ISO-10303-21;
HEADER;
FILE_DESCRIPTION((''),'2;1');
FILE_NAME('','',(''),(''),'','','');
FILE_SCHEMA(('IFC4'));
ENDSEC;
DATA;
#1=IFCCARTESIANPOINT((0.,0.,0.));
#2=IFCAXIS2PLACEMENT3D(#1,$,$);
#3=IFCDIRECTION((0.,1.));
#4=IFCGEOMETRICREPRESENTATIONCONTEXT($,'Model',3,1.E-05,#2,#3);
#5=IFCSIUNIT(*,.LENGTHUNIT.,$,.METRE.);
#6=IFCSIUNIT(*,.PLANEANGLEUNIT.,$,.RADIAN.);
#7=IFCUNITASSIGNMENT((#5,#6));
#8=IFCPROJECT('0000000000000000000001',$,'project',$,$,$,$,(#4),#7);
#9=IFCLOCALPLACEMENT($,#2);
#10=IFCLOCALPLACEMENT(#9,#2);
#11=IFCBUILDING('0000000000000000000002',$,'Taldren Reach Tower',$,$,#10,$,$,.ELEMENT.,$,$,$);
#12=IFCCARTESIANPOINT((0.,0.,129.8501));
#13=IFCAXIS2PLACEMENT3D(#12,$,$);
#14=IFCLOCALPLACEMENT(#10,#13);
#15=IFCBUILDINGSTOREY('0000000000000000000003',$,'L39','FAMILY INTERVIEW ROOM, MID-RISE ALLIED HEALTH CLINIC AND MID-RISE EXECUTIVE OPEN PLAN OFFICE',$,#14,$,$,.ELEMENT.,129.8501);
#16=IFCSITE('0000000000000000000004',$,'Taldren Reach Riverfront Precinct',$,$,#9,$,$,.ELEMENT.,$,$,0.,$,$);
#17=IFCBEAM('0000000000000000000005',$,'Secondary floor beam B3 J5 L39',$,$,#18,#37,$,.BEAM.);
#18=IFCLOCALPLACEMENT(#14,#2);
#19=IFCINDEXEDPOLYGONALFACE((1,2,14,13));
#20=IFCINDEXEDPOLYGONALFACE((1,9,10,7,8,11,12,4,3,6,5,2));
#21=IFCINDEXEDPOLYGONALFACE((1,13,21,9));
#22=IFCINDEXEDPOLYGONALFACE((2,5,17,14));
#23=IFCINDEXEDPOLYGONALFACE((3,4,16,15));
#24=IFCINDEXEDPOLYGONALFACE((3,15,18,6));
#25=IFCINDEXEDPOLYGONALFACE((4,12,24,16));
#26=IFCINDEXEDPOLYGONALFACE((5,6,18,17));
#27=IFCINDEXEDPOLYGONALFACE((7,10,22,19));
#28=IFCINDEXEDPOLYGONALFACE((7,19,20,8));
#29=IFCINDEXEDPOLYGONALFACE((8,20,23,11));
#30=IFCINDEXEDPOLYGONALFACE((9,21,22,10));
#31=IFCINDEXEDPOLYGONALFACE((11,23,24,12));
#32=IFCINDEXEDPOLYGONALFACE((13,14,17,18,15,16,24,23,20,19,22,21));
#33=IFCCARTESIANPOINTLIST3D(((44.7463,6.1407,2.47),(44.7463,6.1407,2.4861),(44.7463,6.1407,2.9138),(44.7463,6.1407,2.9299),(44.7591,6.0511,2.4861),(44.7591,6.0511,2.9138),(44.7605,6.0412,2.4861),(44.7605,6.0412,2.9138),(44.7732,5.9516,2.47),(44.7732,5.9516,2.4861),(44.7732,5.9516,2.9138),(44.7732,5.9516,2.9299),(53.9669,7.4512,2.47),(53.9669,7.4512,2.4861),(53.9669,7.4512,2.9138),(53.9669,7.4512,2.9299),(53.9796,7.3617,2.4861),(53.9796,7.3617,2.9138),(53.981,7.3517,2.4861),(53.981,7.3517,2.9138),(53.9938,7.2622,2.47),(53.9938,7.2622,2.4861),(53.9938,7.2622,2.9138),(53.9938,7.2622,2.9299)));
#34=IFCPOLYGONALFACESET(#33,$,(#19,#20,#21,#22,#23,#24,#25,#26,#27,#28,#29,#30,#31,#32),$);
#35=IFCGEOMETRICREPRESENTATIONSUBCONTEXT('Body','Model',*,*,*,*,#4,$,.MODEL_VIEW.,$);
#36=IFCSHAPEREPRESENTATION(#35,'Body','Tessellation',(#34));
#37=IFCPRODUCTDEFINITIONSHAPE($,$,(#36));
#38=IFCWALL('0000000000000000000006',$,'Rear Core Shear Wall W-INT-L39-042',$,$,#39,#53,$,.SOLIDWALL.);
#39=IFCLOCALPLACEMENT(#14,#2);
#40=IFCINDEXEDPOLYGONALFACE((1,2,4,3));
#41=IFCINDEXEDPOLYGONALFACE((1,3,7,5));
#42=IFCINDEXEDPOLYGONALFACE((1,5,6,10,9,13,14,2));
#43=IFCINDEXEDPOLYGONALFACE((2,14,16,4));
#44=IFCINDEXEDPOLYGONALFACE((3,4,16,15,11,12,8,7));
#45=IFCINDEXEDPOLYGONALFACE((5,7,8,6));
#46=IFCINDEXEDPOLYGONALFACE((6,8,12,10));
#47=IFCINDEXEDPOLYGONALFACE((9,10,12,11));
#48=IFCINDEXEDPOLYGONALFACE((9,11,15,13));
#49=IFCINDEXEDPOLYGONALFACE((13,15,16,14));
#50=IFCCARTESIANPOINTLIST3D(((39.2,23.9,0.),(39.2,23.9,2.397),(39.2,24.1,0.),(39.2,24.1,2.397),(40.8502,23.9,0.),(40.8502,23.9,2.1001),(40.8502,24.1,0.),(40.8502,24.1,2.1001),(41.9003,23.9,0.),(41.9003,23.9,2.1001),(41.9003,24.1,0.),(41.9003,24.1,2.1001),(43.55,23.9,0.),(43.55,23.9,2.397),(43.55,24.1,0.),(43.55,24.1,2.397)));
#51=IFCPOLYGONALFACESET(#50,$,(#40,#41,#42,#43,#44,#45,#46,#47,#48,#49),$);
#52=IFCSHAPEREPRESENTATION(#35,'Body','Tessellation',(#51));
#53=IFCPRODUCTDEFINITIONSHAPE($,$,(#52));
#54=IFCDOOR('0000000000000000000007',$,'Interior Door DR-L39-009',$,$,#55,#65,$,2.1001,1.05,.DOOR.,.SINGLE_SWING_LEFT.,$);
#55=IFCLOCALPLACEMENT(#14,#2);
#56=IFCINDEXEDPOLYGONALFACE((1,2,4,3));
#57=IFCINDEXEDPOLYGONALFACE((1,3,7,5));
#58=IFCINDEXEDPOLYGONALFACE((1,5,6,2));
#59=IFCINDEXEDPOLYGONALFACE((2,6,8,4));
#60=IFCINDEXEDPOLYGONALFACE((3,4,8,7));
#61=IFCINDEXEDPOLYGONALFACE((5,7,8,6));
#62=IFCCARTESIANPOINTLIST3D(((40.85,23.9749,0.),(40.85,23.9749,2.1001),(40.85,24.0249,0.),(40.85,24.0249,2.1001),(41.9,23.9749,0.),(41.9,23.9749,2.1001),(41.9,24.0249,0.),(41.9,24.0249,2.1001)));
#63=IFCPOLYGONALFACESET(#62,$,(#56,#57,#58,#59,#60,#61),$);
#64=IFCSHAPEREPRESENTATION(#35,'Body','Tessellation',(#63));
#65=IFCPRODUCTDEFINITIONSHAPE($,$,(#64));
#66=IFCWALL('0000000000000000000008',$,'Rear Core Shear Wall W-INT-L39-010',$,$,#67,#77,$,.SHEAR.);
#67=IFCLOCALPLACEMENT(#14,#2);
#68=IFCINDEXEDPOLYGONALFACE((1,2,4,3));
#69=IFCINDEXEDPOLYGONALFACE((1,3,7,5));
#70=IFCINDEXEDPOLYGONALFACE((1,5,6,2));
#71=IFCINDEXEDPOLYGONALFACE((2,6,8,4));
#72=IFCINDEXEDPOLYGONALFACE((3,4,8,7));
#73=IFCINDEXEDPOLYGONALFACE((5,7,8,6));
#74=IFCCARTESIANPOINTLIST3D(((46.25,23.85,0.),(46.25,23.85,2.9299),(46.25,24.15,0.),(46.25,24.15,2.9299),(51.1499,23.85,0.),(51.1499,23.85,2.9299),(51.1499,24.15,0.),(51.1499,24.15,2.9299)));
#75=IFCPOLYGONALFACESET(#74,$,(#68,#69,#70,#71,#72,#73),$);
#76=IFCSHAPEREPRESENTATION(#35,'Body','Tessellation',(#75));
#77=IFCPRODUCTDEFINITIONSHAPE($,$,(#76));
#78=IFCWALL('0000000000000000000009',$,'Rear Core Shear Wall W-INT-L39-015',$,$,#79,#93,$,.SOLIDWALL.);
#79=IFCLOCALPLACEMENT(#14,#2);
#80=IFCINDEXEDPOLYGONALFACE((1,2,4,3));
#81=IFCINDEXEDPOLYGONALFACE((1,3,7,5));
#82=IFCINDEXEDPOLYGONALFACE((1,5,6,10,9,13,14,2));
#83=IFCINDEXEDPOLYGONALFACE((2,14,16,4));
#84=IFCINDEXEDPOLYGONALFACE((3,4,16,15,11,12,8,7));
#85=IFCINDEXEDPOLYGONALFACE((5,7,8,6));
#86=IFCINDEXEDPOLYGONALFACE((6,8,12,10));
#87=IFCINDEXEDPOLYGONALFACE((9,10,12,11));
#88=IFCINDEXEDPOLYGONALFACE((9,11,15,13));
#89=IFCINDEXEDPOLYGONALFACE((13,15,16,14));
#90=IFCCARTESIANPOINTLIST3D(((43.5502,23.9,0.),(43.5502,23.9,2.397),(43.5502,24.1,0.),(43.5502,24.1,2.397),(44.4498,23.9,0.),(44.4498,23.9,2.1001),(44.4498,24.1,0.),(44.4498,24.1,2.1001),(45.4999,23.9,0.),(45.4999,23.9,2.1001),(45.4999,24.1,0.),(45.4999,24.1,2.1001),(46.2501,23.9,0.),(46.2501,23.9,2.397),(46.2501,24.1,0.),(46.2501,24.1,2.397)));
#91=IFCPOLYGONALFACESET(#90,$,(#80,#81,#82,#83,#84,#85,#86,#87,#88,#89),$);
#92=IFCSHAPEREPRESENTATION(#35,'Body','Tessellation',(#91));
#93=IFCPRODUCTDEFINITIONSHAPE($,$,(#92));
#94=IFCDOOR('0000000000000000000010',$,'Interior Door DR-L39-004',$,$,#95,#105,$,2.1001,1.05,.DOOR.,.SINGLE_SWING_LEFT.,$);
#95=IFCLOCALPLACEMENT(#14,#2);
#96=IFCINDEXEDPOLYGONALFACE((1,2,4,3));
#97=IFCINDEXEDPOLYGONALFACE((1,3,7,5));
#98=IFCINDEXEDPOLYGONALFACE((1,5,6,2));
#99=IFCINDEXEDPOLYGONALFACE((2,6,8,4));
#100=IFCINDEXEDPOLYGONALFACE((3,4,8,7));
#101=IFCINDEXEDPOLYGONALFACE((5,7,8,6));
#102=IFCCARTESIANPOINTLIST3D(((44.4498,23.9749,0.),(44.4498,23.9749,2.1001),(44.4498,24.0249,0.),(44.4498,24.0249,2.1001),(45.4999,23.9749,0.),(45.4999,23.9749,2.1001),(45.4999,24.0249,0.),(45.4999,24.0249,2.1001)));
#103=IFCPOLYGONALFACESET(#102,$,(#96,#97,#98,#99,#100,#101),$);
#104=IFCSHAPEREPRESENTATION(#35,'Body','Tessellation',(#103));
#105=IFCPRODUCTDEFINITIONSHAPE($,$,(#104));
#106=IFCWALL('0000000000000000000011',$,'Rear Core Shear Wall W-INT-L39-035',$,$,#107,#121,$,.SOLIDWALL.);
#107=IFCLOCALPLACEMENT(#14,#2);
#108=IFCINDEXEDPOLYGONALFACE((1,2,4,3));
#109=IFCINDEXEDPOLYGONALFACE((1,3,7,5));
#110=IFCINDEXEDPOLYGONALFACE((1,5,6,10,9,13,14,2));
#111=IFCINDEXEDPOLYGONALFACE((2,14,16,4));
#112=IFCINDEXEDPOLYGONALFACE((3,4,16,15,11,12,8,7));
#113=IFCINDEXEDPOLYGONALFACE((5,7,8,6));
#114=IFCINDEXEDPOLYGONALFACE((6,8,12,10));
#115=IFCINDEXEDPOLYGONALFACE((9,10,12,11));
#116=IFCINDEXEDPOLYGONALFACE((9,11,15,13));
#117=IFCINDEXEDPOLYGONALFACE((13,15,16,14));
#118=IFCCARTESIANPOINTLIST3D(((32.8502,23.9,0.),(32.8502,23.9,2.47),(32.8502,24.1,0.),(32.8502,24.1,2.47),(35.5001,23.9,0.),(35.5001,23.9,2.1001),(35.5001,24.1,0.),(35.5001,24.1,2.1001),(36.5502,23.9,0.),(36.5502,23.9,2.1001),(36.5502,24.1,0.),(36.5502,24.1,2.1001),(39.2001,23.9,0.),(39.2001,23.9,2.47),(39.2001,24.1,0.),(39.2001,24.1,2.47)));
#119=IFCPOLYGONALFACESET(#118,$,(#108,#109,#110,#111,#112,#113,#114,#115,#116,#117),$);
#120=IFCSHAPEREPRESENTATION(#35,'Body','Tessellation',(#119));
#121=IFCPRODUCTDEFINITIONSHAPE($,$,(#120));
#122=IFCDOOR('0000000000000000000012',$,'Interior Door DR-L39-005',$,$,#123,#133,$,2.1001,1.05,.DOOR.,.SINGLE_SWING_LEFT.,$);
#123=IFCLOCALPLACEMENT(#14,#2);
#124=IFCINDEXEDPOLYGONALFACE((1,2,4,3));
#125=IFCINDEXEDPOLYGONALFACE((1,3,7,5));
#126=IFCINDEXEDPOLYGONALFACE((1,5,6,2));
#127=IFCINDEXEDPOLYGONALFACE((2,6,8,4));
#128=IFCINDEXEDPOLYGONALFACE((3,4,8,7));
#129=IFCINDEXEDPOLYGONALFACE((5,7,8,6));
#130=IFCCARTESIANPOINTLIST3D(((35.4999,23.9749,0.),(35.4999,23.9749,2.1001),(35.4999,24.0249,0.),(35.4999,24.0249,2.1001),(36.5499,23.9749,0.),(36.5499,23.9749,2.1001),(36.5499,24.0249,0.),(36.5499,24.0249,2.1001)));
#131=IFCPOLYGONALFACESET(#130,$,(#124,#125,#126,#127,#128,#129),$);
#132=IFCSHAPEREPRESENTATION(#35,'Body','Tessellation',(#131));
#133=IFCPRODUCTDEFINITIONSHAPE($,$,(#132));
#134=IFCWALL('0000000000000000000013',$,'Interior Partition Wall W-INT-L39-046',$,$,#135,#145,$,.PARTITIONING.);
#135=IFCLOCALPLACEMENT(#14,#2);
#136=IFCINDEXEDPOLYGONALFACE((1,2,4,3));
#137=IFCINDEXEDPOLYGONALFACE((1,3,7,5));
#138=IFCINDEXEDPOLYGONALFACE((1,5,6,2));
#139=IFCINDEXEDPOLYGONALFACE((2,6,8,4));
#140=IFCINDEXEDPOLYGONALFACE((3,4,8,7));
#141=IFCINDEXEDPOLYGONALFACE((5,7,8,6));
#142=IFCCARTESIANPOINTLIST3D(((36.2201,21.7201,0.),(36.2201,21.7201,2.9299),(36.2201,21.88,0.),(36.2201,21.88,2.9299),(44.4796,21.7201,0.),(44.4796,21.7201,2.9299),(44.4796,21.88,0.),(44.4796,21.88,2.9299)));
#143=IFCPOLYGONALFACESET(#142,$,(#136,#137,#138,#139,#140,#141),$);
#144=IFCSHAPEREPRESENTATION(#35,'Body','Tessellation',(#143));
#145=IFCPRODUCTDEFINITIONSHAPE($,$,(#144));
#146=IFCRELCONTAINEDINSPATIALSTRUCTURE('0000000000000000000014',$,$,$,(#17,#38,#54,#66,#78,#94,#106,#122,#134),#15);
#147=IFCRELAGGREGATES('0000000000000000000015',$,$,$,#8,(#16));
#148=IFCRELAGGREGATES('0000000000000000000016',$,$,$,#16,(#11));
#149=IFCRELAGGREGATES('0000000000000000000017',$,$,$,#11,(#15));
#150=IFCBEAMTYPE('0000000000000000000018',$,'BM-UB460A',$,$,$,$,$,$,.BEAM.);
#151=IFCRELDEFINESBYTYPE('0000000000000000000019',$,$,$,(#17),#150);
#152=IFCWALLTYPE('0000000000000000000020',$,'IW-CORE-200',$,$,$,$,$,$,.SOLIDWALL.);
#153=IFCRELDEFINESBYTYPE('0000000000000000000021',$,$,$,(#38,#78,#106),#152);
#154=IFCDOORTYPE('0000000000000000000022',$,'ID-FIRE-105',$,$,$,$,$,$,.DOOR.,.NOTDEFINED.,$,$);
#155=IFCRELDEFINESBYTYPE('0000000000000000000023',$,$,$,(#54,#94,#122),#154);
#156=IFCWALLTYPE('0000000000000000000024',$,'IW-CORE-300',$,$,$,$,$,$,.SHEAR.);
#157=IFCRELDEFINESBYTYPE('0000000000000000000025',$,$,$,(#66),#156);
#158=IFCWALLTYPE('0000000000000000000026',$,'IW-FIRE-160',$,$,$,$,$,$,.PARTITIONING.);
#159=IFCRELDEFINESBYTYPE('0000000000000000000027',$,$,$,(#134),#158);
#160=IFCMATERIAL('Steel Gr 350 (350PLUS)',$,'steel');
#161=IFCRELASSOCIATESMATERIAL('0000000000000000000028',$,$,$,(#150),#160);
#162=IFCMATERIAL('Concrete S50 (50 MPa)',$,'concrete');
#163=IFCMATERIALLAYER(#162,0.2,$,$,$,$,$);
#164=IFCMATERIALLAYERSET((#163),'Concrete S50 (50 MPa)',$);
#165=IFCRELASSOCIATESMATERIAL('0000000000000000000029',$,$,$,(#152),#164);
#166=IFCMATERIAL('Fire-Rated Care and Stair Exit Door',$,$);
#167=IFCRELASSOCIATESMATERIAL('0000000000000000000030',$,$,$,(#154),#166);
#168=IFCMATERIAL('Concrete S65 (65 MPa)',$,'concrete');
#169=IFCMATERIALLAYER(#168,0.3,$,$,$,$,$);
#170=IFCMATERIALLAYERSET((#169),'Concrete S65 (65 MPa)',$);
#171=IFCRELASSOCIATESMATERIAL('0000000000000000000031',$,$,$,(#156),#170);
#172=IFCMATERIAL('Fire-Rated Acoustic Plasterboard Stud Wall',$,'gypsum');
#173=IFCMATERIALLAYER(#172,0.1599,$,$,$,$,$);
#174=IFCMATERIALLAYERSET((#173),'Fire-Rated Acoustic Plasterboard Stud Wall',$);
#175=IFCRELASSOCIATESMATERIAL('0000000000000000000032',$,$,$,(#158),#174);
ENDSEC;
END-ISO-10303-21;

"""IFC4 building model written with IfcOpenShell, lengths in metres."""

from ifc_helpers import new_model, si_unit, direction, frame, frame_2d, origin, origin_2d, place, context, subcontext, project, spatial, rectangle, i_section, extrude, source, transform, mapped, material, layer, layer_set, material_profile, profile_set, type_object, element, fill, save


model = new_model("IFC4")

# Units and contexts
model_context = context("Model", 3, precision=1e-05, world=origin(), true_north=direction((0.0, 1.0)))
body_context = subcontext(model_context, "Body", "Model", "MODEL_VIEW")
ifc_project = project(units=[si_unit("LENGTHUNIT", "METRE"), si_unit("PLANEANGLEUNIT", "RADIAN")], contexts=[model_context])

# Site, building, storey
site_placement = place(None, origin())
site = spatial("IfcSite", under=ifc_project, at=site_placement, Name="Taldren Reach Riverfront Precinct", CompositionType="ELEMENT", RefElevation=0.0)
building_placement = place(site_placement, origin())
building = spatial("IfcBuilding", under=site, at=building_placement, Name="Taldren Reach Tower", CompositionType="ELEMENT")
storey_placement = place(building_placement, frame((0.0, 0.0, 129.8501)))
storey = spatial("IfcBuildingStorey", under=building, at=storey_placement, Name="L39", Description="FAMILY INTERVIEW ROOM, MID-RISE ALLIED HEALTH CLINIC AND MID-RISE EXECUTIVE OPEN PLAN OFFICE", CompositionType="ELEMENT", Elevation=129.8501)

# Shared definitions
ifc_material_1 = material(Name="Steel Gr 350 (350PLUS)", Category="steel")

# Shared definitions
ifc_material_profile_1 = material_profile(ifc_material_1, i_section(OverallWidth=0.1909, OverallDepth=0.46, WebThickness=0.01, FlangeThickness=0.0161, at=origin_2d()), Name="460UB82.1")
ifc_profile_set_1 = profile_set([ifc_material_profile_1], Name="Steel Gr 350 (350PLUS)")
beam_type_1 = type_object("IfcBeamType", Name="BM-UB460A", PredefinedType="BEAM", material=ifc_profile_set_1)

# Beam
shared_shape_1 = source(origin(), body_context, "Body", "SweptSolid", [
    extrude(i_section(OverallWidth=0.1909, OverallDepth=0.46, WebThickness=0.01, FlangeThickness=0.0161, at=origin_2d()), origin(), (0.0, 0.0, 1.0), 9.3132),
])
beam_1_placement = place(storey_placement, frame((44.7598, 6.0461, 2.7), z_axis=(0.990049, 0.14072, 0.0), x_axis=(-0.14072, 0.990049, 0.0)))
element("IfcBeam", 1, at=beam_1_placement, inside=storey, type_object=beam_type_1, Name="Secondary floor beam B3 J5 L39", PredefinedType="BEAM", context=body_context, shape_type="MappedRepresentation", body=[
    mapped(shared_shape_1, transform((0.0, 0.0, 0.0), scale=1.0)),
])

# Wall, opening, door
ifc_material_2 = material(Name="Concrete S50 (50 MPa)", Category="concrete")
ifc_layer_1 = layer(ifc_material_2, 0.2)
ifc_layer_set_1 = layer_set([ifc_layer_1], Name="Concrete S50 (50 MPa)")
wall_type_1 = type_object("IfcWallType", Name="IW-CORE-200", PredefinedType="SOLIDWALL", material=ifc_layer_set_1)
shared_shape_2 = source(origin(), body_context, "Body", "SweptSolid", [
    extrude(rectangle(XDim=4.3501, YDim=0.2, at=frame_2d((2.175, 0.0))), origin(), (0.0, 0.0, 1.0), 2.397),
])
wall_1_placement = place(storey_placement, frame((43.55, 24.0, 0.0), z_axis=(0.0, 0.0, 1.0), x_axis=(-1.0, 0.0, 0.0)))
wall_1 = element("IfcWall", 2, at=wall_1_placement, inside=storey, type_object=wall_type_1, Name="Rear Core Shear Wall W-INT-L39-042", PredefinedType="SOLIDWALL", context=body_context, shape_type="MappedRepresentation", body=[
    mapped(shared_shape_2, transform((0.0, 0.0, 0.0), scale=1.0)),
])
shared_shape_3 = source(origin(), body_context, "Body", "SweptSolid", [
    extrude(rectangle(XDim=1.05, YDim=2.1001, at=frame_2d((0.5249, 1.05))), frame((0.0, 0.1099, 0.0), z_axis=(0.0, -1.0, 0.0), x_axis=(1.0, 0.0, 0.0)), (0.0, 0.0, 1.0), 0.22),
])
opening_1_placement = place(wall_1_placement, frame((1.6499, 0.0, 0.0)))
opening_1 = element("IfcOpeningElement", 3, at=opening_1_placement, cuts=wall_1, PredefinedType="OPENING", context=body_context, shape_type="MappedRepresentation", body=[
    mapped(shared_shape_3, transform((0.0, 0.0, 0.0), scale=1.0)),
])
ifc_material_3 = material(Name="Fire-Rated Care and Stair Exit Door")
door_type_1 = type_object("IfcDoorType", Name="ID-FIRE-105", OperationType="NOTDEFINED", PredefinedType="DOOR", material=ifc_material_3)
shared_shape_4 = source(origin(), body_context, "Body", "SweptSolid", [
    extrude(rectangle(XDim=1.05, YDim=2.1001, at=frame_2d((0.5249, 1.05))), frame((0.0, 0.0249, 0.0), z_axis=(0.0, -1.0, 0.0), x_axis=(1.0, 0.0, 0.0)), (0.0, 0.0, 1.0), 0.05),
])
door_1_placement = place(opening_1_placement, frame((1.05, 0.0, 0.0), z_axis=(0.0, 0.0, 1.0), x_axis=(-1.0, 0.0, 0.0)))
door_1 = element("IfcDoor", 4, at=door_1_placement, inside=storey, type_object=door_type_1, Name="Interior Door DR-L39-009", OperationType="SINGLE_SWING_LEFT", OverallHeight=2.1001, OverallWidth=1.05, PredefinedType="DOOR", context=body_context, shape_type="MappedRepresentation", body=[
    mapped(shared_shape_4, transform((0.0, 0.0, 0.0), scale=1.0)),
])
fill(opening_1, door_1)

# Wall
ifc_material_4 = material(Name="Concrete S65 (65 MPa)", Category="concrete")
ifc_layer_2 = layer(ifc_material_4, 0.3)
ifc_layer_set_2 = layer_set([ifc_layer_2], Name="Concrete S65 (65 MPa)")
wall_type_2 = type_object("IfcWallType", Name="IW-CORE-300", PredefinedType="SHEAR", material=ifc_layer_set_2)
shared_shape_5 = source(origin(), body_context, "Body", "SweptSolid", [
    extrude(rectangle(XDim=4.8999, YDim=0.3, at=frame_2d((2.45, 0.0))), origin(), (0.0, 0.0, 1.0), 2.9299),
])
wall_2_placement = place(storey_placement, frame((46.25, 24.0, 0.0), z_axis=(0.0, 0.0, 1.0), x_axis=(1.0, 0.0, 0.0)))
element("IfcWall", 5, at=wall_2_placement, inside=storey, type_object=wall_type_2, Name="Rear Core Shear Wall W-INT-L39-010", PredefinedType="SHEAR", context=body_context, shape_type="MappedRepresentation", body=[
    mapped(shared_shape_5, transform((0.0, 0.0, 0.0), scale=1.0)),
])

# Walls, openings, doors
shared_shape_6 = source(origin(), body_context, "Body", "SweptSolid", [
    extrude(rectangle(XDim=2.7, YDim=0.2, at=frame_2d((1.3501, 0.0))), origin(), (0.0, 0.0, 1.0), 2.397),
])
wall_3_placement = place(storey_placement, frame((43.55, 24.0, 0.0), z_axis=(0.0, 0.0, 1.0), x_axis=(1.0, 0.0, 0.0)))
wall_3 = element("IfcWall", 6, at=wall_3_placement, inside=storey, type_object=wall_type_1, Name="Rear Core Shear Wall W-INT-L39-015", PredefinedType="SOLIDWALL", context=body_context, shape_type="MappedRepresentation", body=[
    mapped(shared_shape_6, transform((0.0, 0.0, 0.0), scale=1.0)),
])
opening_2_placement = place(wall_3_placement, frame((0.8999, 0.0, 0.0)))
opening_2 = element("IfcOpeningElement", 7, at=opening_2_placement, cuts=wall_3, PredefinedType="OPENING", context=body_context, shape_type="MappedRepresentation", body=[
    mapped(shared_shape_3, transform((0.0, 0.0, 0.0), scale=1.0)),
])
door_2_placement = place(opening_2_placement, origin())
door_2 = element("IfcDoor", 8, at=door_2_placement, inside=storey, type_object=door_type_1, Name="Interior Door DR-L39-004", OperationType="SINGLE_SWING_LEFT", OverallHeight=2.1001, OverallWidth=1.05, PredefinedType="DOOR", context=body_context, shape_type="MappedRepresentation", body=[
    mapped(shared_shape_4, transform((0.0, 0.0, 0.0), scale=1.0)),
])
fill(opening_2, door_2)
shared_shape_7 = source(origin(), body_context, "Body", "SweptSolid", [
    extrude(rectangle(XDim=6.3499, YDim=0.2, at=frame_2d((3.1748, 0.0))), origin(), (0.0, 0.0, 1.0), 2.47),
])
wall_4_placement = place(storey_placement, frame((39.2, 24.0, 0.0), z_axis=(0.0, 0.0, 1.0), x_axis=(-1.0, 0.0, 0.0)))
wall_4 = element("IfcWall", 9, at=wall_4_placement, inside=storey, type_object=wall_type_1, Name="Rear Core Shear Wall W-INT-L39-035", PredefinedType="SOLIDWALL", context=body_context, shape_type="MappedRepresentation", body=[
    mapped(shared_shape_7, transform((0.0, 0.0, 0.0), scale=1.0)),
])
opening_3_placement = place(wall_4_placement, frame((2.6499, 0.0, 0.0)))
opening_3 = element("IfcOpeningElement", 10, at=opening_3_placement, cuts=wall_4, PredefinedType="OPENING", context=body_context, shape_type="MappedRepresentation", body=[
    mapped(shared_shape_3, transform((0.0, 0.0, 0.0), scale=1.0)),
])
door_3_placement = place(opening_3_placement, frame((1.05, 0.0, 0.0), z_axis=(0.0, 0.0, 1.0), x_axis=(-1.0, 0.0, 0.0)))
door_3 = element("IfcDoor", 11, at=door_3_placement, inside=storey, type_object=door_type_1, Name="Interior Door DR-L39-005", OperationType="SINGLE_SWING_LEFT", OverallHeight=2.1001, OverallWidth=1.05, PredefinedType="DOOR", context=body_context, shape_type="MappedRepresentation", body=[
    mapped(shared_shape_4, transform((0.0, 0.0, 0.0), scale=1.0)),
])
fill(opening_3, door_3)

# Wall
ifc_material_5 = material(Name="Fire-Rated Acoustic Plasterboard Stud Wall", Category="gypsum")
ifc_layer_3 = layer(ifc_material_5, 0.1599)
ifc_layer_set_3 = layer_set([ifc_layer_3], Name="Fire-Rated Acoustic Plasterboard Stud Wall")
wall_type_3 = type_object("IfcWallType", Name="IW-FIRE-160", PredefinedType="PARTITIONING", material=ifc_layer_set_3)
shared_shape_8 = source(origin(), body_context, "Body", "SweptSolid", [
    extrude(rectangle(XDim=8.2595, YDim=0.1599, at=frame_2d((4.1299, 0.0))), origin(), (0.0, 0.0, 1.0), 2.9299),
])
wall_5_placement = place(storey_placement, frame((44.4797, 21.8, 0.0), z_axis=(0.0, 0.0, 1.0), x_axis=(-1.0, 0.0, 0.0)))
element("IfcWall", 12, at=wall_5_placement, inside=storey, type_object=wall_type_3, Name="Interior Partition Wall W-INT-L39-046", PredefinedType="PARTITIONING", context=body_context, shape_type="MappedRepresentation", body=[
    mapped(shared_shape_8, transform((0.0, 0.0, 0.0), scale=1.0)),
])

save(model, "model.ifc")
